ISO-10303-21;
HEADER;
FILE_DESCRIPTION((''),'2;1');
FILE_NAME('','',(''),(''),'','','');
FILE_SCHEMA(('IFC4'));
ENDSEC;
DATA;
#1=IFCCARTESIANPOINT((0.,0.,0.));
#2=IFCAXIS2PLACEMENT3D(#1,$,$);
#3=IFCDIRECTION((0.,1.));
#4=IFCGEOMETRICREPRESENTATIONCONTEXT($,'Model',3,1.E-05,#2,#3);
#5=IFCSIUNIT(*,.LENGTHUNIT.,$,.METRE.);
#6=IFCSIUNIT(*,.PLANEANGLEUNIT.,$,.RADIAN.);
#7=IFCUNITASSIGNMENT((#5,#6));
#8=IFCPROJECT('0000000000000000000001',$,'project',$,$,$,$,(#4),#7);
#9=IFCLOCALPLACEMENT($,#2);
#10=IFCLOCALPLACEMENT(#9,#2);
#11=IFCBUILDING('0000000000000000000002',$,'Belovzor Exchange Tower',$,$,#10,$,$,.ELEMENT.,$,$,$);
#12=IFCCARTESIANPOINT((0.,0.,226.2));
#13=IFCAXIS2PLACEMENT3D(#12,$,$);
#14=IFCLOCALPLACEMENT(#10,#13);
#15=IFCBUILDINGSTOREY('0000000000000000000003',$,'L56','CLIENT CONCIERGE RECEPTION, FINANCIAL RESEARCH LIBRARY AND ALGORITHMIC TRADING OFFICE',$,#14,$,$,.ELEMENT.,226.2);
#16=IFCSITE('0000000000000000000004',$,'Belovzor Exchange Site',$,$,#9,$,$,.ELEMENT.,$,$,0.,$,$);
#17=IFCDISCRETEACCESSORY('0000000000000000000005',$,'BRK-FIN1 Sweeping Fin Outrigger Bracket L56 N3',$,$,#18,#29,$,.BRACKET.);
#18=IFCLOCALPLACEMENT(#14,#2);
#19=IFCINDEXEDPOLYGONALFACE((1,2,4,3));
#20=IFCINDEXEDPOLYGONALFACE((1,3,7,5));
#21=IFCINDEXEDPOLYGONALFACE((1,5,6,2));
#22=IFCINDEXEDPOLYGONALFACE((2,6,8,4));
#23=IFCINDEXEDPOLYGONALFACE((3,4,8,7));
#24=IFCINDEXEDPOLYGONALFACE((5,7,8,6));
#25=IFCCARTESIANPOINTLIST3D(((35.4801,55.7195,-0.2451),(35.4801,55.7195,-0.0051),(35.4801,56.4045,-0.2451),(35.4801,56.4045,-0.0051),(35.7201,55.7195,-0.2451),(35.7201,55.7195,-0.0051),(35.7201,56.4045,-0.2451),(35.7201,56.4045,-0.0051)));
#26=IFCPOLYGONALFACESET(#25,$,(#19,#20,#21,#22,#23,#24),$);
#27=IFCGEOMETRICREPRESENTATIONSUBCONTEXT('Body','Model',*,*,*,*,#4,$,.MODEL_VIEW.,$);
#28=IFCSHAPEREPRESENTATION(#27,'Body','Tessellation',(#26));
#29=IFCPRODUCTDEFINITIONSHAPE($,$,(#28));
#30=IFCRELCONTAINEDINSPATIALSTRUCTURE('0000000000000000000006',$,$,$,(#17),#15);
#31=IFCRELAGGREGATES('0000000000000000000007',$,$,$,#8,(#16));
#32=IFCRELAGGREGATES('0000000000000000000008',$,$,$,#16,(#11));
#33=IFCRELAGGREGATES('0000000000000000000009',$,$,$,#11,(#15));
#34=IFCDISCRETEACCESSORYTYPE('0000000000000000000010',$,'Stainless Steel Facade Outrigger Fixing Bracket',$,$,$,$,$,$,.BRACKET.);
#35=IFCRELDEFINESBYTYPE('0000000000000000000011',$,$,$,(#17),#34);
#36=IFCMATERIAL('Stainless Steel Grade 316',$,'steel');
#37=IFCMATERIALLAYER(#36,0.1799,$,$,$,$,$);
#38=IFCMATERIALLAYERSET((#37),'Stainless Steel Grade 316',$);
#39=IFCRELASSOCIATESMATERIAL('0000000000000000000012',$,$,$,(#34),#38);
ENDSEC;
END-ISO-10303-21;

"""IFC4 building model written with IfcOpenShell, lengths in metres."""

from ifc_helpers import new_model, si_unit, direction, frame, origin, origin_2d, place, context, subcontext, project, spatial, rectangle, extrude, material, layer, layer_set, type_object, element, save


model = new_model("IFC4")

# Units and contexts
model_context = context("Model", 3, precision=1e-05, world=origin(), true_north=direction((0.0, 1.0)))
body_context = subcontext(model_context, "Body", "Model", "MODEL_VIEW")
ifc_project = project(units=[si_unit("LENGTHUNIT", "METRE"), si_unit("PLANEANGLEUNIT", "RADIAN")], contexts=[model_context])

# Site, building, storey
site_placement = place(None, origin())
site = spatial("IfcSite", under=ifc_project, at=site_placement, Name="Belovzor Exchange Site", CompositionType="ELEMENT", RefElevation=0.0)
building_placement = place(site_placement, origin())
building = spatial("IfcBuilding", under=site, at=building_placement, Name="Belovzor Exchange Tower", CompositionType="ELEMENT")
storey_placement = place(building_placement, frame((0.0, 0.0, 226.2)))
storey = spatial("IfcBuildingStorey", under=building, at=storey_placement, Name="L56", Description="CLIENT CONCIERGE RECEPTION, FINANCIAL RESEARCH LIBRARY AND ALGORITHMIC TRADING OFFICE", CompositionType="ELEMENT", Elevation=226.2)

# Discrete accessory
ifc_material_1 = material(Name="Stainless Steel Grade 316", Category="steel")
ifc_layer_1 = layer(ifc_material_1, 0.1799)
ifc_layer_set_1 = layer_set([ifc_layer_1], Name="Stainless Steel Grade 316")
discrete_accessory_type = type_object("IfcDiscreteAccessoryType", Name="Stainless Steel Facade Outrigger Fixing Bracket", PredefinedType="BRACKET", material=ifc_layer_set_1)
discrete_accessory_placement = place(storey_placement, frame((35.6001, 56.062, -0.2451), z_axis=(0.0, 0.0, 1.0), x_axis=(0.0, 1.0, 0.0)))
element("IfcDiscreteAccessory", 1, at=discrete_accessory_placement, inside=storey, type_object=discrete_accessory_type, Name="BRK-FIN1 Sweeping Fin Outrigger Bracket L56 N3", PredefinedType="BRACKET", context=body_context, shape_type="SweptSolid", body=[
    extrude(rectangle(XDim=0.6851, YDim=0.24, at=origin_2d()), origin(), (0.0, 0.0, 1.0), 0.24),
])

save(model, "model.ifc")
